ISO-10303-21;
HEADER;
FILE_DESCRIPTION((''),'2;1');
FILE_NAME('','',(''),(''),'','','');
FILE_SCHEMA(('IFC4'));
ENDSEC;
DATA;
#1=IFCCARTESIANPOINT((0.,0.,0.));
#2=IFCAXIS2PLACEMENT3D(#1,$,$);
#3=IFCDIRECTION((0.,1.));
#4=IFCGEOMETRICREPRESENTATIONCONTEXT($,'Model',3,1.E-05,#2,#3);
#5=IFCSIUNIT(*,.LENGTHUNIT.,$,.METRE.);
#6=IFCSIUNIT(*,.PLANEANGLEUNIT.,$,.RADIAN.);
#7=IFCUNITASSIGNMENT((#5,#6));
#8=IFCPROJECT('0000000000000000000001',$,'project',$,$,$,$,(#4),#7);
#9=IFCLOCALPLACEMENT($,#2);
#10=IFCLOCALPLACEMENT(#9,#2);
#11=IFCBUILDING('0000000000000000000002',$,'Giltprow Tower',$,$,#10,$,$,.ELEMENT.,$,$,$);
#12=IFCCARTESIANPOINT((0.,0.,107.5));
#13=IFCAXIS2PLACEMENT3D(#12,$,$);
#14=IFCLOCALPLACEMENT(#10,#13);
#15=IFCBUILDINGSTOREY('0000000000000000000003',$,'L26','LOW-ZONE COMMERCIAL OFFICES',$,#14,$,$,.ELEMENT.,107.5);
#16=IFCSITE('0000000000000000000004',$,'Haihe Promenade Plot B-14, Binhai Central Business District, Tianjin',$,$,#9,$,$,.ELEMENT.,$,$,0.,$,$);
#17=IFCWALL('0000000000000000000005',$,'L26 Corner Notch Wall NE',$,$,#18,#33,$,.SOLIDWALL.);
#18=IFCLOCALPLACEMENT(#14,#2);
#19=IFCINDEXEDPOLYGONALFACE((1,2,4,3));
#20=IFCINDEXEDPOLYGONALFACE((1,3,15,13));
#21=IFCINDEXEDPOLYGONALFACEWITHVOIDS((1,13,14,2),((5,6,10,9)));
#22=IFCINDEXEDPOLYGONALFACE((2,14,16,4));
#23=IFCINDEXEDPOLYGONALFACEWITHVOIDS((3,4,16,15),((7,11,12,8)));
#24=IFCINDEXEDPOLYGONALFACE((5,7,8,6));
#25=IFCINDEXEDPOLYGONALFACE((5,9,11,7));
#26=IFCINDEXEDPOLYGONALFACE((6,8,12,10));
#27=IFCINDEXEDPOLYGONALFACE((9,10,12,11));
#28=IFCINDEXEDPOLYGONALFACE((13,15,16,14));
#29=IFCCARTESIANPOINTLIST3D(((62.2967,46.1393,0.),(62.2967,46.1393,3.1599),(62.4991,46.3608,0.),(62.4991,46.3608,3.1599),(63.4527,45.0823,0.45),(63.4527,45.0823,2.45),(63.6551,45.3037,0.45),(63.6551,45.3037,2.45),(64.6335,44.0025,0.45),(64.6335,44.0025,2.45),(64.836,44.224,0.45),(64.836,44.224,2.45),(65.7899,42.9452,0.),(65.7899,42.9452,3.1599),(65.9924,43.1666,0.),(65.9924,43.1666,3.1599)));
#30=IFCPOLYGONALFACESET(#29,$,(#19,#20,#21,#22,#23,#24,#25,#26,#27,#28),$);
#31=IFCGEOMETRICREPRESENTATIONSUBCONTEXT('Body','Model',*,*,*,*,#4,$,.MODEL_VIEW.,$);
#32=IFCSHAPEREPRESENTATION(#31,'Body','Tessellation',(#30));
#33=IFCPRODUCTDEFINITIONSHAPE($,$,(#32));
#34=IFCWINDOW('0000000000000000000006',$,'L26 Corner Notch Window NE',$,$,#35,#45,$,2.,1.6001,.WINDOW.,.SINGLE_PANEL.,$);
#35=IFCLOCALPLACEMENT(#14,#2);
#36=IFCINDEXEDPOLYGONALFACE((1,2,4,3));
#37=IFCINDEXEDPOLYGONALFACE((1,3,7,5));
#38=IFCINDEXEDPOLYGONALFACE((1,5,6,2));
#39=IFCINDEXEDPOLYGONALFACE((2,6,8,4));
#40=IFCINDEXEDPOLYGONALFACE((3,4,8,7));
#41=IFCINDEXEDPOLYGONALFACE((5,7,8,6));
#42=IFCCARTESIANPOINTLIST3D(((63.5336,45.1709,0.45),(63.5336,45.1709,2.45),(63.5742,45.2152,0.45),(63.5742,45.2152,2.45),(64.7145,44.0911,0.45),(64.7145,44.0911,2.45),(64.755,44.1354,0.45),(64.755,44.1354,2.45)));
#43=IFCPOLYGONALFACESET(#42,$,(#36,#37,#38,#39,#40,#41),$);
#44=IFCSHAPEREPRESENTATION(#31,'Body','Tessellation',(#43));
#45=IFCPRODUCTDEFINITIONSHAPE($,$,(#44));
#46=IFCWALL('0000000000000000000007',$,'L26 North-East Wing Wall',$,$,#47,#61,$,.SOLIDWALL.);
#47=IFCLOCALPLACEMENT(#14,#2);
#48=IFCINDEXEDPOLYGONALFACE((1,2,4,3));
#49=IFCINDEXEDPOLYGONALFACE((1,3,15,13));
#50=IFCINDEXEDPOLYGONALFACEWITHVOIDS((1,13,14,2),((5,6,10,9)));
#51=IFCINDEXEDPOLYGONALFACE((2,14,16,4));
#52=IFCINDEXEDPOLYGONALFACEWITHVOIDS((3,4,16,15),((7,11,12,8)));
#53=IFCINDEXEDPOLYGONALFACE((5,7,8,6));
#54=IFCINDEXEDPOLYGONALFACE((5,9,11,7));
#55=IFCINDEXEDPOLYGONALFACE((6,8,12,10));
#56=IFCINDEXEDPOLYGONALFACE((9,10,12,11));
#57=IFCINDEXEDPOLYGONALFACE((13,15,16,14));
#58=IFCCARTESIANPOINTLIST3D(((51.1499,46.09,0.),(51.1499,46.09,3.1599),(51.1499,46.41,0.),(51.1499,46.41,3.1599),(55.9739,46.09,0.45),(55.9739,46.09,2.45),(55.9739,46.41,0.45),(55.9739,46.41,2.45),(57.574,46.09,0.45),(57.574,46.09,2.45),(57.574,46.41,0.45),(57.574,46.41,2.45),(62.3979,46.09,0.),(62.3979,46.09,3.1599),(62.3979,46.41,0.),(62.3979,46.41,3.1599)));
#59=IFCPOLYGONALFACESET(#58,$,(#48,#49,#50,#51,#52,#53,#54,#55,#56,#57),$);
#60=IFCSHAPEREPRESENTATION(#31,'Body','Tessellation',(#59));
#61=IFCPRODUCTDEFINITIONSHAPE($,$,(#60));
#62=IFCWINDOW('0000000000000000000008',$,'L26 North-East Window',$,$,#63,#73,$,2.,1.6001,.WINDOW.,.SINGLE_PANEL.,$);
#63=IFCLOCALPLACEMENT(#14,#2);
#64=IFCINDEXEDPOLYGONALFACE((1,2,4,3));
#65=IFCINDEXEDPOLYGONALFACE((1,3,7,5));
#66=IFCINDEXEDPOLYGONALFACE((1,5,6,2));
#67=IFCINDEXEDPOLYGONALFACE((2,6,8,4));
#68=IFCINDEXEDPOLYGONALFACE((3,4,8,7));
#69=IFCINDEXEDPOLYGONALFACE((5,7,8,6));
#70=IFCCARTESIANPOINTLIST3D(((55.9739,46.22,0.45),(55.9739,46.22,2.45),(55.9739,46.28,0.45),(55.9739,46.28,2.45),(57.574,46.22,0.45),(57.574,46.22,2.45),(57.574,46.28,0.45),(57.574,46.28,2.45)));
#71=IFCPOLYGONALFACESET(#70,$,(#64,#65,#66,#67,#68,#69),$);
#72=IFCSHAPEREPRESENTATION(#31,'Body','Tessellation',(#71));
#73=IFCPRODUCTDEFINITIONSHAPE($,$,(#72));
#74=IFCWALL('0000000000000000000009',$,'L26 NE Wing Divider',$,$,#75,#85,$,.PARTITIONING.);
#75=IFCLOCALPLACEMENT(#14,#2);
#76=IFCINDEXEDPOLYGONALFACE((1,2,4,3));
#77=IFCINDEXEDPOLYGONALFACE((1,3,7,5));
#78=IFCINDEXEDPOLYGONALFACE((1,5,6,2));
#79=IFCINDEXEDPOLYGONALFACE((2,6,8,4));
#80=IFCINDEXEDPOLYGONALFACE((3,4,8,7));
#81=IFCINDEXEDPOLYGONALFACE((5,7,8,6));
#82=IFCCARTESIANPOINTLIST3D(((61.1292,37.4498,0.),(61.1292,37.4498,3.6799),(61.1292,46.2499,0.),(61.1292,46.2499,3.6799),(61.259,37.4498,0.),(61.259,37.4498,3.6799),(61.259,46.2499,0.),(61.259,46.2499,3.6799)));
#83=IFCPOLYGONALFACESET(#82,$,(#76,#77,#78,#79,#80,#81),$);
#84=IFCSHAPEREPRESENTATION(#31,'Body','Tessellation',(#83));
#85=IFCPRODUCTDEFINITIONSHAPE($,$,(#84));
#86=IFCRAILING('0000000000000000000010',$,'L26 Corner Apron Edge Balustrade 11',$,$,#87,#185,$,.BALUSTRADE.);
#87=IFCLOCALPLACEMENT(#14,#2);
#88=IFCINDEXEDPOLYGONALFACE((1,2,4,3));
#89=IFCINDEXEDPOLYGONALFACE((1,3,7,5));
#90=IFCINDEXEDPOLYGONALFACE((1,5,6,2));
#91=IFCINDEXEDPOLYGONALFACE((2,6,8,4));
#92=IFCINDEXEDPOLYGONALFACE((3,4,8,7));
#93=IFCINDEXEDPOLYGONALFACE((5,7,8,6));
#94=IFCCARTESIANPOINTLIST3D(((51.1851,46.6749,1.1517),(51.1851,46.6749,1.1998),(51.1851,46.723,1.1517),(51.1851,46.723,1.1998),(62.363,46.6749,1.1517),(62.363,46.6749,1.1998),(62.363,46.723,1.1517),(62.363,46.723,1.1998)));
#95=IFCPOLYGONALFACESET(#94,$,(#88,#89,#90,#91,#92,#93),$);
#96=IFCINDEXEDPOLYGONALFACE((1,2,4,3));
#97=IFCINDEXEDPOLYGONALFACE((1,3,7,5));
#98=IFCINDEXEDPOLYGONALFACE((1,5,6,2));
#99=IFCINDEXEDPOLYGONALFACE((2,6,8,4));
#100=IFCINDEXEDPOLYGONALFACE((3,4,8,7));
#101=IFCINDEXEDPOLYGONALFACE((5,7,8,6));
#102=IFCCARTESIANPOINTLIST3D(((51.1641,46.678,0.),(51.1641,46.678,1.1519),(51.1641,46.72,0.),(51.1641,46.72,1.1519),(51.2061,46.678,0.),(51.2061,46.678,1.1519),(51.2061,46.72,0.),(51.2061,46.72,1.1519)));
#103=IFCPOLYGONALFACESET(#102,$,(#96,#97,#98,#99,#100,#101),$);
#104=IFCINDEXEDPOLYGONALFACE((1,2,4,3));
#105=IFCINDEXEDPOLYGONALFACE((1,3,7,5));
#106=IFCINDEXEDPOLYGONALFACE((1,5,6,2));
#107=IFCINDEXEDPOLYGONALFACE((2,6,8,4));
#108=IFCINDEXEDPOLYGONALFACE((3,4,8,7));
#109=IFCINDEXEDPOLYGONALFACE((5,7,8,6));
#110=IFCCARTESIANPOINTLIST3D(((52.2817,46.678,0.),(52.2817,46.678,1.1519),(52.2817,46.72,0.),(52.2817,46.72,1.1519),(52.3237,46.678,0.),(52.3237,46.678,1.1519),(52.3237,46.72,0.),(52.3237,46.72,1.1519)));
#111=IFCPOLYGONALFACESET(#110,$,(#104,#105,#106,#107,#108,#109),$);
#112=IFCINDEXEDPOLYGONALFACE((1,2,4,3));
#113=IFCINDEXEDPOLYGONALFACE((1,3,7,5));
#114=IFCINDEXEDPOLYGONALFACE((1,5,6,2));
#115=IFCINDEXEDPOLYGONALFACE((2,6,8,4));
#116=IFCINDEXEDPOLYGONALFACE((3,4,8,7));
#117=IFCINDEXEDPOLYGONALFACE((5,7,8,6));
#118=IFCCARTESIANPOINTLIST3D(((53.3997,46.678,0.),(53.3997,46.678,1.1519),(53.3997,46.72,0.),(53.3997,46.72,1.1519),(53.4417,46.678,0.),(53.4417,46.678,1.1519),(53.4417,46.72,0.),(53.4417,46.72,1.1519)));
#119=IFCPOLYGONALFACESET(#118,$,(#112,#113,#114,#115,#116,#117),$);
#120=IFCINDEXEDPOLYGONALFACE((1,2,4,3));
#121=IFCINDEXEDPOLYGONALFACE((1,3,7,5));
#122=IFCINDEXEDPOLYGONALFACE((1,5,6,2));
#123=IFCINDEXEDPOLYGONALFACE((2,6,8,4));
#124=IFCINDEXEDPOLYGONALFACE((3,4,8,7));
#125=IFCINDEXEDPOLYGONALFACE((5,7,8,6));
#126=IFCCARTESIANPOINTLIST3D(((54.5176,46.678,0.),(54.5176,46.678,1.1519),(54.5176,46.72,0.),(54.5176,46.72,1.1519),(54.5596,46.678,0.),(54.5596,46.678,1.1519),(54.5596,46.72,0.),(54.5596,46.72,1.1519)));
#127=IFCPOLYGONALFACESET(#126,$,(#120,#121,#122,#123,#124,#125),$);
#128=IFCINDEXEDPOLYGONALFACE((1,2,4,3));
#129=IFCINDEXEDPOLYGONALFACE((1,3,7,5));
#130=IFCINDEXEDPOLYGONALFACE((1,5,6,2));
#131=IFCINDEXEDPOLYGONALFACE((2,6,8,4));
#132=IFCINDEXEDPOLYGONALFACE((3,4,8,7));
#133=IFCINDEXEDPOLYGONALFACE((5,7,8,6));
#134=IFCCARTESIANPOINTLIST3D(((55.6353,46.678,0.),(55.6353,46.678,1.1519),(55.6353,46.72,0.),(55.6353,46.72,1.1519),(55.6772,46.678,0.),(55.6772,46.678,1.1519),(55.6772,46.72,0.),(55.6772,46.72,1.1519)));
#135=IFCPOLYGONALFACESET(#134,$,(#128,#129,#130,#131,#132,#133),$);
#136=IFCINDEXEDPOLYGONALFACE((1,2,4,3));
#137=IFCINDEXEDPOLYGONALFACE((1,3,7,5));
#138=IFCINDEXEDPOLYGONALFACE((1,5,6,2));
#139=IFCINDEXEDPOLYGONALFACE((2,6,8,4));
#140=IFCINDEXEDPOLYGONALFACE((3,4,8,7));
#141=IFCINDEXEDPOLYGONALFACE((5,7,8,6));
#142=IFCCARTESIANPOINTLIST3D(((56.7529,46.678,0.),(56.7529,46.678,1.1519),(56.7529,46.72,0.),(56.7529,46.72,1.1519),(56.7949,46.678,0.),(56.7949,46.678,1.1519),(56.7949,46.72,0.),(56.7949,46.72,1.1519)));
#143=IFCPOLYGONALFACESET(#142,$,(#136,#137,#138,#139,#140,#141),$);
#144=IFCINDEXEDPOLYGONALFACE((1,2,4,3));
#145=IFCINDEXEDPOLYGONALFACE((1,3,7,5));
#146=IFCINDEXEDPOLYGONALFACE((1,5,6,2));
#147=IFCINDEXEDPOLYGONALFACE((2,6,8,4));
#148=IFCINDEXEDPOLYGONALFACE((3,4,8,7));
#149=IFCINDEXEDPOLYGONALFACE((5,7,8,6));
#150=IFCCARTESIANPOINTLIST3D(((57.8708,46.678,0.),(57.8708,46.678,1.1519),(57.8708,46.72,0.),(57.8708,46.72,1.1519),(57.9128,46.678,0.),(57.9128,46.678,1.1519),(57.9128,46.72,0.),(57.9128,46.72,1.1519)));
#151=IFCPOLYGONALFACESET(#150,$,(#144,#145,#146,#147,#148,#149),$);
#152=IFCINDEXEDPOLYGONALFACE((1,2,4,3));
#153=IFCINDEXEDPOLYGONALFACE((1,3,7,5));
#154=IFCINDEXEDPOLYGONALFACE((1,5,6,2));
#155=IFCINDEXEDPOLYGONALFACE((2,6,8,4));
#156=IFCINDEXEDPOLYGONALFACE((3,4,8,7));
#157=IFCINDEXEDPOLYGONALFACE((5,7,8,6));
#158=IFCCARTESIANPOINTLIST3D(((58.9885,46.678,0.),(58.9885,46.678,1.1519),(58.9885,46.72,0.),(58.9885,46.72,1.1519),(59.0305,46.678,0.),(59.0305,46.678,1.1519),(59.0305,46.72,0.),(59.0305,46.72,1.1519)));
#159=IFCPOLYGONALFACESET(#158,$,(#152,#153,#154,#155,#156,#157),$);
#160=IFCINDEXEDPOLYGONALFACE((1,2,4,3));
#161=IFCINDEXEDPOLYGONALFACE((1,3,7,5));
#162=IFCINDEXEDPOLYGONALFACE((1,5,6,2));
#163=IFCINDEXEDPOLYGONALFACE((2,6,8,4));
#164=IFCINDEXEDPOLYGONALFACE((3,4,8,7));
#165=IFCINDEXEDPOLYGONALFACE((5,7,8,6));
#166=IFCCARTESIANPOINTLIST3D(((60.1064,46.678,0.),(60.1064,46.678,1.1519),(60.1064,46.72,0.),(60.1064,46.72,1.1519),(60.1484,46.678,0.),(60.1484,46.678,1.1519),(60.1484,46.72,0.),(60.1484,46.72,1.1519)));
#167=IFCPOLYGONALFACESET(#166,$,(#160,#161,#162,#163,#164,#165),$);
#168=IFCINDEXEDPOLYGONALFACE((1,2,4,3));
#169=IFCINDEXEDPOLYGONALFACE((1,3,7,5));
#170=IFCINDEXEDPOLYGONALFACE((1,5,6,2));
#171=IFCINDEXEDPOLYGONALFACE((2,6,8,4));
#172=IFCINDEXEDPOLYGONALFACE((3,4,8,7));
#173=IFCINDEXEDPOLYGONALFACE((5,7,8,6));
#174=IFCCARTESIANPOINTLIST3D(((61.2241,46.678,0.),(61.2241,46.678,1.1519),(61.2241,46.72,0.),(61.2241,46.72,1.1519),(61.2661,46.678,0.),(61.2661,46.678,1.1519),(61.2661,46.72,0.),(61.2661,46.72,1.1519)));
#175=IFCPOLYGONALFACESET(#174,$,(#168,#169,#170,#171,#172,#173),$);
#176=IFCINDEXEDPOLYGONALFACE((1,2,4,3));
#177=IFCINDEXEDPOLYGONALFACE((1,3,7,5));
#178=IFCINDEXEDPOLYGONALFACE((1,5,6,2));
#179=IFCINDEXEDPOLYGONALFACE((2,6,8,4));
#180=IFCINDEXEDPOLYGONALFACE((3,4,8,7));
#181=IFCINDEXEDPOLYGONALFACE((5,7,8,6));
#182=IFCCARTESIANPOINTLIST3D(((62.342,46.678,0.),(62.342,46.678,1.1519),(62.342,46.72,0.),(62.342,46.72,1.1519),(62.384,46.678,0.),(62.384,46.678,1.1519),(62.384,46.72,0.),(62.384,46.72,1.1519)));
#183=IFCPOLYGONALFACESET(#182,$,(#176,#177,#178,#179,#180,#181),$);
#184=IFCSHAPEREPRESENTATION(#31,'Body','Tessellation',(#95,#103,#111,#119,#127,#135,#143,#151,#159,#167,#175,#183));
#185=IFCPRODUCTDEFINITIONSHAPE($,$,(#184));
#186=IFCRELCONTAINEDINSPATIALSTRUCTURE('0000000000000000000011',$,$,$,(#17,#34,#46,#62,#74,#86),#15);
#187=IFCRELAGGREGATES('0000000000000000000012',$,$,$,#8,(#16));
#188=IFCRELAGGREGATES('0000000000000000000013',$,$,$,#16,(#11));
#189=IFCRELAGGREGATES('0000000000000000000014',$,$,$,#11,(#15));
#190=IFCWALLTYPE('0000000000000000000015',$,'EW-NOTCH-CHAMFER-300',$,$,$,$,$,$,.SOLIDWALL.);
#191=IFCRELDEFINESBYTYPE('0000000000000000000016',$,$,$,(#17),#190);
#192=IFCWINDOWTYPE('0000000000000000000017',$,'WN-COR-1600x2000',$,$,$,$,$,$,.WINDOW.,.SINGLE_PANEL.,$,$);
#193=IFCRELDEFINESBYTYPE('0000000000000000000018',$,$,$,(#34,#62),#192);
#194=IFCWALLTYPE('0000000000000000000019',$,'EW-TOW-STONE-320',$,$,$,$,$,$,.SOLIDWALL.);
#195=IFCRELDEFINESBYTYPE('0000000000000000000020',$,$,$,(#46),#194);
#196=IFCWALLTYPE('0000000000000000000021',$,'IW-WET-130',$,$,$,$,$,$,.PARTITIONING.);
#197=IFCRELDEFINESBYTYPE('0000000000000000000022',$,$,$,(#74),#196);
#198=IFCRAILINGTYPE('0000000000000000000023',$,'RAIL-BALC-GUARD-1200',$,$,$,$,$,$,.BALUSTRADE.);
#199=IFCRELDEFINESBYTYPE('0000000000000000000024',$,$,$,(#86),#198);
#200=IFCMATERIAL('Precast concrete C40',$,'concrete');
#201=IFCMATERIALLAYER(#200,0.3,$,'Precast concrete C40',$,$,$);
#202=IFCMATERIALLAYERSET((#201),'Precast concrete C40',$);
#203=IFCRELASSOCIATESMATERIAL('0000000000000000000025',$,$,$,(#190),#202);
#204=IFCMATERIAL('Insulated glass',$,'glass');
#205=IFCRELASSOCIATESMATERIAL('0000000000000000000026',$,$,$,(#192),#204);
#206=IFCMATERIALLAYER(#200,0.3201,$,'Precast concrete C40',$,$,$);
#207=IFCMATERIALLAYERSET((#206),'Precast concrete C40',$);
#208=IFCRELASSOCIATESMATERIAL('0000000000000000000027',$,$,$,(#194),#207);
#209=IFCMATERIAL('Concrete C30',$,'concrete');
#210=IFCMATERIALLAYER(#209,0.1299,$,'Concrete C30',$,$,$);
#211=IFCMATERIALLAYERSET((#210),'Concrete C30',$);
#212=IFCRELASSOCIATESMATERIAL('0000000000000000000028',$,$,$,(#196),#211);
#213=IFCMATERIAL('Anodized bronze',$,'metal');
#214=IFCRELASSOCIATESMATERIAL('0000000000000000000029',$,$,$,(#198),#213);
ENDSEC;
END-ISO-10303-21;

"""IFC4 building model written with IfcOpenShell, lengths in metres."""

from ifc_helpers import new_model, si_unit, direction, frame, frame_2d, origin, origin_2d, place, context, subcontext, project, spatial, rectangle, extrude, source, transform, mapped, material, layer, layer_set, type_object, element, fill, save


model = new_model("IFC4")

# Units and contexts
model_context = context("Model", 3, precision=1e-05, world=origin(), true_north=direction((0.0, 1.0)))
body_context = subcontext(model_context, "Body", "Model", "MODEL_VIEW")
ifc_project = project(units=[si_unit("LENGTHUNIT", "METRE"), si_unit("PLANEANGLEUNIT", "RADIAN")], contexts=[model_context])

# Site, building, storey
site_placement = place(None, origin())
site = spatial("IfcSite", under=ifc_project, at=site_placement, Name="Haihe Promenade Plot B-14, Binhai Central Business District, Tianjin", CompositionType="ELEMENT", RefElevation=0.0)
building_placement = place(site_placement, origin())
building = spatial("IfcBuilding", under=site, at=building_placement, Name="Giltprow Tower", CompositionType="ELEMENT")
storey_placement = place(building_placement, frame((0.0, 0.0, 107.5)))
storey = spatial("IfcBuildingStorey", under=building, at=storey_placement, Name="L26", Description="LOW-ZONE COMMERCIAL OFFICES", CompositionType="ELEMENT", Elevation=107.5)

# Walls, openings, windows
ifc_material_1 = material(Name="Precast concrete C40", Category="concrete")
ifc_layer_1 = layer(ifc_material_1, 0.3, Name="Precast concrete C40")
ifc_layer_set_1 = layer_set([ifc_layer_1], Name="Precast concrete C40")
wall_type_1 = type_object("IfcWallType", Name="EW-NOTCH-CHAMFER-300", PredefinedType="SOLIDWALL", material=ifc_layer_set_1)
wall_1_placement = place(storey_placement, frame((65.8911, 43.0559, 0.0), z_axis=(0.0, 0.0, 1.0), x_axis=(-0.737993, 0.674809, 0.0)))
wall_1 = element("IfcWall", 1, at=wall_1_placement, inside=storey, type_object=wall_type_1, Name="L26 Corner Notch Wall NE", PredefinedType="SOLIDWALL", context=body_context, shape_type="SweptSolid", body=[
    extrude(rectangle(XDim=4.7334, YDim=0.3, at=frame_2d((2.3667, 0.0))), origin(), (0.0, 0.0, 1.0), 3.1599),
])
opening_1_placement = place(wall_1_placement, frame((1.5669, 0.0, 0.45)))
opening_1 = element("IfcOpeningElement", 2, at=opening_1_placement, cuts=wall_1, PredefinedType="OPENING", context=body_context, shape_type="SweptSolid", body=[
    extrude(rectangle(XDim=1.6001, YDim=2.0, at=frame_2d((0.8, 1.0))), frame((0.0, 0.1599, 0.0), z_axis=(0.0, -1.0, 0.0), x_axis=(1.0, 0.0, 0.0)), (0.0, 0.0, 1.0), 0.3201),
])
ifc_material_2 = material(Name="Insulated glass", Category="glass")
window_type = type_object("IfcWindowType", Name="WN-COR-1600x2000", PartitioningType="SINGLE_PANEL", PredefinedType="WINDOW", material=ifc_material_2)
shared_shape_1 = source(origin(), body_context, "Body", "SweptSolid", [
    extrude(rectangle(XDim=1.6001, YDim=2.0, at=frame_2d((0.8, 1.0))), frame((0.0, 0.03, 0.0), z_axis=(0.0, -1.0, 0.0), x_axis=(1.0, 0.0, 0.0)), (0.0, 0.0, 1.0), 0.0601),
])
window_1_placement = place(opening_1_placement, origin())
window_1 = element("IfcWindow", 3, at=window_1_placement, inside=storey, type_object=window_type, Name="L26 Corner Notch Window NE", OverallHeight=2.0, OverallWidth=1.6001, PartitioningType="SINGLE_PANEL", PredefinedType="WINDOW", context=body_context, shape_type="MappedRepresentation", body=[
    mapped(shared_shape_1, transform((0.0, 0.0, 0.0), x_axis=(1.0, 0.0, 0.0), y_axis=(0.0, 1.0, 0.0), z_axis=(0.0, 0.0, 1.0), scale=1.0)),
])
fill(opening_1, window_1)
ifc_layer_2 = layer(ifc_material_1, 0.3201, Name="Precast concrete C40")
ifc_layer_set_2 = layer_set([ifc_layer_2], Name="Precast concrete C40")
wall_type_2 = type_object("IfcWallType", Name="EW-TOW-STONE-320", PredefinedType="SOLIDWALL", material=ifc_layer_set_2)
wall_2_placement = place(storey_placement, frame((51.1499, 46.25, 0.0), z_axis=(0.0, 0.0, 1.0), x_axis=(1.0, 0.0, 0.0)))
wall_2 = element("IfcWall", 4, at=wall_2_placement, inside=storey, type_object=wall_type_2, Name="L26 North-East Wing Wall", PredefinedType="SOLIDWALL", context=body_context, shape_type="SweptSolid", body=[
    extrude(rectangle(XDim=11.248, YDim=0.3201, at=frame_2d((5.624, 0.0))), origin(), (0.0, 0.0, 1.0), 3.1599),
])
opening_2_placement = place(wall_2_placement, frame((4.824, 0.0, 0.45)))
opening_2 = element("IfcOpeningElement", 5, at=opening_2_placement, cuts=wall_2, PredefinedType="OPENING", context=body_context, shape_type="SweptSolid", body=[
    extrude(rectangle(XDim=1.6001, YDim=2.0, at=frame_2d((0.8, 1.0))), frame((0.0, 0.1699, 0.0), z_axis=(0.0, -1.0, 0.0), x_axis=(1.0, 0.0, 0.0)), (0.0, 0.0, 1.0), 0.3401),
])
window_2_placement = place(opening_2_placement, origin())
window_2 = element("IfcWindow", 6, at=window_2_placement, inside=storey, type_object=window_type, Name="L26 North-East Window", OverallHeight=2.0, OverallWidth=1.6001, PartitioningType="SINGLE_PANEL", PredefinedType="WINDOW", context=body_context, shape_type="MappedRepresentation", body=[
    mapped(shared_shape_1, transform((0.0, 0.0, 0.0), x_axis=(1.0, 0.0, 0.0), y_axis=(0.0, 1.0, 0.0), z_axis=(0.0, 0.0, 1.0), scale=1.0)),
])
fill(opening_2, window_2)

# Wall
ifc_material_3 = material(Name="Concrete C30", Category="concrete")
ifc_layer_3 = layer(ifc_material_3, 0.1299, Name="Concrete C30")
ifc_layer_set_3 = layer_set([ifc_layer_3], Name="Concrete C30")
wall_type_3 = type_object("IfcWallType", Name="IW-WET-130", PredefinedType="PARTITIONING", material=ifc_layer_set_3)
wall_3_placement = place(storey_placement, frame((61.1941, 37.45, 0.0), z_axis=(0.0, 0.0, 1.0), x_axis=(0.0, 1.0, 0.0)))
element("IfcWall", 7, at=wall_3_placement, inside=storey, type_object=wall_type_3, Name="L26 NE Wing Divider", PredefinedType="PARTITIONING", context=body_context, shape_type="SweptSolid", body=[
    extrude(rectangle(XDim=8.8, YDim=0.1299, at=frame_2d((4.3999, 0.0))), origin(), (0.0, 0.0, 1.0), 3.6799),
])

# Railing
ifc_material_4 = material(Name="Anodized bronze", Category="metal")
railing_type = type_object("IfcRailingType", Name="RAIL-BALC-GUARD-1200", PredefinedType="BALUSTRADE", material=ifc_material_4)
railing_1_placement = place(storey_placement, frame((51.1851, 46.699, 0.0)))
element("IfcRailing", 8, at=railing_1_placement, inside=storey, type_object=railing_type, Name="L26 Corner Apron Edge Balustrade 11", PredefinedType="BALUSTRADE", context=body_context, shape_type="SweptSolid", body=[
    extrude(rectangle(XDim=0.0481, YDim=0.0481, at=origin_2d()), frame((0.0, 0.0, 1.1758), z_axis=(1.0, 0.0, 0.0), x_axis=(0.0, 1.0, 0.0)), (0.0, 0.0, 1.0), 11.178),
    extrude(rectangle(XDim=0.042, YDim=0.042, at=origin_2d()), origin(), (0.0, 0.0, 1.0), 1.1519),
    extrude(rectangle(XDim=0.042, YDim=0.042, at=origin_2d()), frame((1.1177, 0.0, 0.0)), (0.0, 0.0, 1.0), 1.1519),
    extrude(rectangle(XDim=0.042, YDim=0.042, at=origin_2d()), frame((2.2356, 0.0, 0.0)), (0.0, 0.0, 1.0), 1.1519),
    extrude(rectangle(XDim=0.042, YDim=0.042, at=origin_2d()), frame((3.3535, 0.0, 0.0)), (0.0, 0.0, 1.0), 1.1519),
    extrude(rectangle(XDim=0.042, YDim=0.042, at=origin_2d()), frame((4.4712, 0.0, 0.0)), (0.0, 0.0, 1.0), 1.1519),
    extrude(rectangle(XDim=0.042, YDim=0.042, at=origin_2d()), frame((5.5889, 0.0, 0.0)), (0.0, 0.0, 1.0), 1.1519),
    extrude(rectangle(XDim=0.042, YDim=0.042, at=origin_2d()), frame((6.7068, 0.0, 0.0)), (0.0, 0.0, 1.0), 1.1519),
    extrude(rectangle(XDim=0.042, YDim=0.042, at=origin_2d()), frame((7.8245, 0.0, 0.0)), (0.0, 0.0, 1.0), 1.1519),
    extrude(rectangle(XDim=0.042, YDim=0.042, at=origin_2d()), frame((8.9424, 0.0, 0.0)), (0.0, 0.0, 1.0), 1.1519),
    extrude(rectangle(XDim=0.042, YDim=0.042, at=origin_2d()), frame((10.0601, 0.0, 0.0)), (0.0, 0.0, 1.0), 1.1519),
    extrude(rectangle(XDim=0.042, YDim=0.042, at=origin_2d()), frame((11.178, 0.0, 0.0)), (0.0, 0.0, 1.0), 1.1519),
])

save(model, "model.ifc")
